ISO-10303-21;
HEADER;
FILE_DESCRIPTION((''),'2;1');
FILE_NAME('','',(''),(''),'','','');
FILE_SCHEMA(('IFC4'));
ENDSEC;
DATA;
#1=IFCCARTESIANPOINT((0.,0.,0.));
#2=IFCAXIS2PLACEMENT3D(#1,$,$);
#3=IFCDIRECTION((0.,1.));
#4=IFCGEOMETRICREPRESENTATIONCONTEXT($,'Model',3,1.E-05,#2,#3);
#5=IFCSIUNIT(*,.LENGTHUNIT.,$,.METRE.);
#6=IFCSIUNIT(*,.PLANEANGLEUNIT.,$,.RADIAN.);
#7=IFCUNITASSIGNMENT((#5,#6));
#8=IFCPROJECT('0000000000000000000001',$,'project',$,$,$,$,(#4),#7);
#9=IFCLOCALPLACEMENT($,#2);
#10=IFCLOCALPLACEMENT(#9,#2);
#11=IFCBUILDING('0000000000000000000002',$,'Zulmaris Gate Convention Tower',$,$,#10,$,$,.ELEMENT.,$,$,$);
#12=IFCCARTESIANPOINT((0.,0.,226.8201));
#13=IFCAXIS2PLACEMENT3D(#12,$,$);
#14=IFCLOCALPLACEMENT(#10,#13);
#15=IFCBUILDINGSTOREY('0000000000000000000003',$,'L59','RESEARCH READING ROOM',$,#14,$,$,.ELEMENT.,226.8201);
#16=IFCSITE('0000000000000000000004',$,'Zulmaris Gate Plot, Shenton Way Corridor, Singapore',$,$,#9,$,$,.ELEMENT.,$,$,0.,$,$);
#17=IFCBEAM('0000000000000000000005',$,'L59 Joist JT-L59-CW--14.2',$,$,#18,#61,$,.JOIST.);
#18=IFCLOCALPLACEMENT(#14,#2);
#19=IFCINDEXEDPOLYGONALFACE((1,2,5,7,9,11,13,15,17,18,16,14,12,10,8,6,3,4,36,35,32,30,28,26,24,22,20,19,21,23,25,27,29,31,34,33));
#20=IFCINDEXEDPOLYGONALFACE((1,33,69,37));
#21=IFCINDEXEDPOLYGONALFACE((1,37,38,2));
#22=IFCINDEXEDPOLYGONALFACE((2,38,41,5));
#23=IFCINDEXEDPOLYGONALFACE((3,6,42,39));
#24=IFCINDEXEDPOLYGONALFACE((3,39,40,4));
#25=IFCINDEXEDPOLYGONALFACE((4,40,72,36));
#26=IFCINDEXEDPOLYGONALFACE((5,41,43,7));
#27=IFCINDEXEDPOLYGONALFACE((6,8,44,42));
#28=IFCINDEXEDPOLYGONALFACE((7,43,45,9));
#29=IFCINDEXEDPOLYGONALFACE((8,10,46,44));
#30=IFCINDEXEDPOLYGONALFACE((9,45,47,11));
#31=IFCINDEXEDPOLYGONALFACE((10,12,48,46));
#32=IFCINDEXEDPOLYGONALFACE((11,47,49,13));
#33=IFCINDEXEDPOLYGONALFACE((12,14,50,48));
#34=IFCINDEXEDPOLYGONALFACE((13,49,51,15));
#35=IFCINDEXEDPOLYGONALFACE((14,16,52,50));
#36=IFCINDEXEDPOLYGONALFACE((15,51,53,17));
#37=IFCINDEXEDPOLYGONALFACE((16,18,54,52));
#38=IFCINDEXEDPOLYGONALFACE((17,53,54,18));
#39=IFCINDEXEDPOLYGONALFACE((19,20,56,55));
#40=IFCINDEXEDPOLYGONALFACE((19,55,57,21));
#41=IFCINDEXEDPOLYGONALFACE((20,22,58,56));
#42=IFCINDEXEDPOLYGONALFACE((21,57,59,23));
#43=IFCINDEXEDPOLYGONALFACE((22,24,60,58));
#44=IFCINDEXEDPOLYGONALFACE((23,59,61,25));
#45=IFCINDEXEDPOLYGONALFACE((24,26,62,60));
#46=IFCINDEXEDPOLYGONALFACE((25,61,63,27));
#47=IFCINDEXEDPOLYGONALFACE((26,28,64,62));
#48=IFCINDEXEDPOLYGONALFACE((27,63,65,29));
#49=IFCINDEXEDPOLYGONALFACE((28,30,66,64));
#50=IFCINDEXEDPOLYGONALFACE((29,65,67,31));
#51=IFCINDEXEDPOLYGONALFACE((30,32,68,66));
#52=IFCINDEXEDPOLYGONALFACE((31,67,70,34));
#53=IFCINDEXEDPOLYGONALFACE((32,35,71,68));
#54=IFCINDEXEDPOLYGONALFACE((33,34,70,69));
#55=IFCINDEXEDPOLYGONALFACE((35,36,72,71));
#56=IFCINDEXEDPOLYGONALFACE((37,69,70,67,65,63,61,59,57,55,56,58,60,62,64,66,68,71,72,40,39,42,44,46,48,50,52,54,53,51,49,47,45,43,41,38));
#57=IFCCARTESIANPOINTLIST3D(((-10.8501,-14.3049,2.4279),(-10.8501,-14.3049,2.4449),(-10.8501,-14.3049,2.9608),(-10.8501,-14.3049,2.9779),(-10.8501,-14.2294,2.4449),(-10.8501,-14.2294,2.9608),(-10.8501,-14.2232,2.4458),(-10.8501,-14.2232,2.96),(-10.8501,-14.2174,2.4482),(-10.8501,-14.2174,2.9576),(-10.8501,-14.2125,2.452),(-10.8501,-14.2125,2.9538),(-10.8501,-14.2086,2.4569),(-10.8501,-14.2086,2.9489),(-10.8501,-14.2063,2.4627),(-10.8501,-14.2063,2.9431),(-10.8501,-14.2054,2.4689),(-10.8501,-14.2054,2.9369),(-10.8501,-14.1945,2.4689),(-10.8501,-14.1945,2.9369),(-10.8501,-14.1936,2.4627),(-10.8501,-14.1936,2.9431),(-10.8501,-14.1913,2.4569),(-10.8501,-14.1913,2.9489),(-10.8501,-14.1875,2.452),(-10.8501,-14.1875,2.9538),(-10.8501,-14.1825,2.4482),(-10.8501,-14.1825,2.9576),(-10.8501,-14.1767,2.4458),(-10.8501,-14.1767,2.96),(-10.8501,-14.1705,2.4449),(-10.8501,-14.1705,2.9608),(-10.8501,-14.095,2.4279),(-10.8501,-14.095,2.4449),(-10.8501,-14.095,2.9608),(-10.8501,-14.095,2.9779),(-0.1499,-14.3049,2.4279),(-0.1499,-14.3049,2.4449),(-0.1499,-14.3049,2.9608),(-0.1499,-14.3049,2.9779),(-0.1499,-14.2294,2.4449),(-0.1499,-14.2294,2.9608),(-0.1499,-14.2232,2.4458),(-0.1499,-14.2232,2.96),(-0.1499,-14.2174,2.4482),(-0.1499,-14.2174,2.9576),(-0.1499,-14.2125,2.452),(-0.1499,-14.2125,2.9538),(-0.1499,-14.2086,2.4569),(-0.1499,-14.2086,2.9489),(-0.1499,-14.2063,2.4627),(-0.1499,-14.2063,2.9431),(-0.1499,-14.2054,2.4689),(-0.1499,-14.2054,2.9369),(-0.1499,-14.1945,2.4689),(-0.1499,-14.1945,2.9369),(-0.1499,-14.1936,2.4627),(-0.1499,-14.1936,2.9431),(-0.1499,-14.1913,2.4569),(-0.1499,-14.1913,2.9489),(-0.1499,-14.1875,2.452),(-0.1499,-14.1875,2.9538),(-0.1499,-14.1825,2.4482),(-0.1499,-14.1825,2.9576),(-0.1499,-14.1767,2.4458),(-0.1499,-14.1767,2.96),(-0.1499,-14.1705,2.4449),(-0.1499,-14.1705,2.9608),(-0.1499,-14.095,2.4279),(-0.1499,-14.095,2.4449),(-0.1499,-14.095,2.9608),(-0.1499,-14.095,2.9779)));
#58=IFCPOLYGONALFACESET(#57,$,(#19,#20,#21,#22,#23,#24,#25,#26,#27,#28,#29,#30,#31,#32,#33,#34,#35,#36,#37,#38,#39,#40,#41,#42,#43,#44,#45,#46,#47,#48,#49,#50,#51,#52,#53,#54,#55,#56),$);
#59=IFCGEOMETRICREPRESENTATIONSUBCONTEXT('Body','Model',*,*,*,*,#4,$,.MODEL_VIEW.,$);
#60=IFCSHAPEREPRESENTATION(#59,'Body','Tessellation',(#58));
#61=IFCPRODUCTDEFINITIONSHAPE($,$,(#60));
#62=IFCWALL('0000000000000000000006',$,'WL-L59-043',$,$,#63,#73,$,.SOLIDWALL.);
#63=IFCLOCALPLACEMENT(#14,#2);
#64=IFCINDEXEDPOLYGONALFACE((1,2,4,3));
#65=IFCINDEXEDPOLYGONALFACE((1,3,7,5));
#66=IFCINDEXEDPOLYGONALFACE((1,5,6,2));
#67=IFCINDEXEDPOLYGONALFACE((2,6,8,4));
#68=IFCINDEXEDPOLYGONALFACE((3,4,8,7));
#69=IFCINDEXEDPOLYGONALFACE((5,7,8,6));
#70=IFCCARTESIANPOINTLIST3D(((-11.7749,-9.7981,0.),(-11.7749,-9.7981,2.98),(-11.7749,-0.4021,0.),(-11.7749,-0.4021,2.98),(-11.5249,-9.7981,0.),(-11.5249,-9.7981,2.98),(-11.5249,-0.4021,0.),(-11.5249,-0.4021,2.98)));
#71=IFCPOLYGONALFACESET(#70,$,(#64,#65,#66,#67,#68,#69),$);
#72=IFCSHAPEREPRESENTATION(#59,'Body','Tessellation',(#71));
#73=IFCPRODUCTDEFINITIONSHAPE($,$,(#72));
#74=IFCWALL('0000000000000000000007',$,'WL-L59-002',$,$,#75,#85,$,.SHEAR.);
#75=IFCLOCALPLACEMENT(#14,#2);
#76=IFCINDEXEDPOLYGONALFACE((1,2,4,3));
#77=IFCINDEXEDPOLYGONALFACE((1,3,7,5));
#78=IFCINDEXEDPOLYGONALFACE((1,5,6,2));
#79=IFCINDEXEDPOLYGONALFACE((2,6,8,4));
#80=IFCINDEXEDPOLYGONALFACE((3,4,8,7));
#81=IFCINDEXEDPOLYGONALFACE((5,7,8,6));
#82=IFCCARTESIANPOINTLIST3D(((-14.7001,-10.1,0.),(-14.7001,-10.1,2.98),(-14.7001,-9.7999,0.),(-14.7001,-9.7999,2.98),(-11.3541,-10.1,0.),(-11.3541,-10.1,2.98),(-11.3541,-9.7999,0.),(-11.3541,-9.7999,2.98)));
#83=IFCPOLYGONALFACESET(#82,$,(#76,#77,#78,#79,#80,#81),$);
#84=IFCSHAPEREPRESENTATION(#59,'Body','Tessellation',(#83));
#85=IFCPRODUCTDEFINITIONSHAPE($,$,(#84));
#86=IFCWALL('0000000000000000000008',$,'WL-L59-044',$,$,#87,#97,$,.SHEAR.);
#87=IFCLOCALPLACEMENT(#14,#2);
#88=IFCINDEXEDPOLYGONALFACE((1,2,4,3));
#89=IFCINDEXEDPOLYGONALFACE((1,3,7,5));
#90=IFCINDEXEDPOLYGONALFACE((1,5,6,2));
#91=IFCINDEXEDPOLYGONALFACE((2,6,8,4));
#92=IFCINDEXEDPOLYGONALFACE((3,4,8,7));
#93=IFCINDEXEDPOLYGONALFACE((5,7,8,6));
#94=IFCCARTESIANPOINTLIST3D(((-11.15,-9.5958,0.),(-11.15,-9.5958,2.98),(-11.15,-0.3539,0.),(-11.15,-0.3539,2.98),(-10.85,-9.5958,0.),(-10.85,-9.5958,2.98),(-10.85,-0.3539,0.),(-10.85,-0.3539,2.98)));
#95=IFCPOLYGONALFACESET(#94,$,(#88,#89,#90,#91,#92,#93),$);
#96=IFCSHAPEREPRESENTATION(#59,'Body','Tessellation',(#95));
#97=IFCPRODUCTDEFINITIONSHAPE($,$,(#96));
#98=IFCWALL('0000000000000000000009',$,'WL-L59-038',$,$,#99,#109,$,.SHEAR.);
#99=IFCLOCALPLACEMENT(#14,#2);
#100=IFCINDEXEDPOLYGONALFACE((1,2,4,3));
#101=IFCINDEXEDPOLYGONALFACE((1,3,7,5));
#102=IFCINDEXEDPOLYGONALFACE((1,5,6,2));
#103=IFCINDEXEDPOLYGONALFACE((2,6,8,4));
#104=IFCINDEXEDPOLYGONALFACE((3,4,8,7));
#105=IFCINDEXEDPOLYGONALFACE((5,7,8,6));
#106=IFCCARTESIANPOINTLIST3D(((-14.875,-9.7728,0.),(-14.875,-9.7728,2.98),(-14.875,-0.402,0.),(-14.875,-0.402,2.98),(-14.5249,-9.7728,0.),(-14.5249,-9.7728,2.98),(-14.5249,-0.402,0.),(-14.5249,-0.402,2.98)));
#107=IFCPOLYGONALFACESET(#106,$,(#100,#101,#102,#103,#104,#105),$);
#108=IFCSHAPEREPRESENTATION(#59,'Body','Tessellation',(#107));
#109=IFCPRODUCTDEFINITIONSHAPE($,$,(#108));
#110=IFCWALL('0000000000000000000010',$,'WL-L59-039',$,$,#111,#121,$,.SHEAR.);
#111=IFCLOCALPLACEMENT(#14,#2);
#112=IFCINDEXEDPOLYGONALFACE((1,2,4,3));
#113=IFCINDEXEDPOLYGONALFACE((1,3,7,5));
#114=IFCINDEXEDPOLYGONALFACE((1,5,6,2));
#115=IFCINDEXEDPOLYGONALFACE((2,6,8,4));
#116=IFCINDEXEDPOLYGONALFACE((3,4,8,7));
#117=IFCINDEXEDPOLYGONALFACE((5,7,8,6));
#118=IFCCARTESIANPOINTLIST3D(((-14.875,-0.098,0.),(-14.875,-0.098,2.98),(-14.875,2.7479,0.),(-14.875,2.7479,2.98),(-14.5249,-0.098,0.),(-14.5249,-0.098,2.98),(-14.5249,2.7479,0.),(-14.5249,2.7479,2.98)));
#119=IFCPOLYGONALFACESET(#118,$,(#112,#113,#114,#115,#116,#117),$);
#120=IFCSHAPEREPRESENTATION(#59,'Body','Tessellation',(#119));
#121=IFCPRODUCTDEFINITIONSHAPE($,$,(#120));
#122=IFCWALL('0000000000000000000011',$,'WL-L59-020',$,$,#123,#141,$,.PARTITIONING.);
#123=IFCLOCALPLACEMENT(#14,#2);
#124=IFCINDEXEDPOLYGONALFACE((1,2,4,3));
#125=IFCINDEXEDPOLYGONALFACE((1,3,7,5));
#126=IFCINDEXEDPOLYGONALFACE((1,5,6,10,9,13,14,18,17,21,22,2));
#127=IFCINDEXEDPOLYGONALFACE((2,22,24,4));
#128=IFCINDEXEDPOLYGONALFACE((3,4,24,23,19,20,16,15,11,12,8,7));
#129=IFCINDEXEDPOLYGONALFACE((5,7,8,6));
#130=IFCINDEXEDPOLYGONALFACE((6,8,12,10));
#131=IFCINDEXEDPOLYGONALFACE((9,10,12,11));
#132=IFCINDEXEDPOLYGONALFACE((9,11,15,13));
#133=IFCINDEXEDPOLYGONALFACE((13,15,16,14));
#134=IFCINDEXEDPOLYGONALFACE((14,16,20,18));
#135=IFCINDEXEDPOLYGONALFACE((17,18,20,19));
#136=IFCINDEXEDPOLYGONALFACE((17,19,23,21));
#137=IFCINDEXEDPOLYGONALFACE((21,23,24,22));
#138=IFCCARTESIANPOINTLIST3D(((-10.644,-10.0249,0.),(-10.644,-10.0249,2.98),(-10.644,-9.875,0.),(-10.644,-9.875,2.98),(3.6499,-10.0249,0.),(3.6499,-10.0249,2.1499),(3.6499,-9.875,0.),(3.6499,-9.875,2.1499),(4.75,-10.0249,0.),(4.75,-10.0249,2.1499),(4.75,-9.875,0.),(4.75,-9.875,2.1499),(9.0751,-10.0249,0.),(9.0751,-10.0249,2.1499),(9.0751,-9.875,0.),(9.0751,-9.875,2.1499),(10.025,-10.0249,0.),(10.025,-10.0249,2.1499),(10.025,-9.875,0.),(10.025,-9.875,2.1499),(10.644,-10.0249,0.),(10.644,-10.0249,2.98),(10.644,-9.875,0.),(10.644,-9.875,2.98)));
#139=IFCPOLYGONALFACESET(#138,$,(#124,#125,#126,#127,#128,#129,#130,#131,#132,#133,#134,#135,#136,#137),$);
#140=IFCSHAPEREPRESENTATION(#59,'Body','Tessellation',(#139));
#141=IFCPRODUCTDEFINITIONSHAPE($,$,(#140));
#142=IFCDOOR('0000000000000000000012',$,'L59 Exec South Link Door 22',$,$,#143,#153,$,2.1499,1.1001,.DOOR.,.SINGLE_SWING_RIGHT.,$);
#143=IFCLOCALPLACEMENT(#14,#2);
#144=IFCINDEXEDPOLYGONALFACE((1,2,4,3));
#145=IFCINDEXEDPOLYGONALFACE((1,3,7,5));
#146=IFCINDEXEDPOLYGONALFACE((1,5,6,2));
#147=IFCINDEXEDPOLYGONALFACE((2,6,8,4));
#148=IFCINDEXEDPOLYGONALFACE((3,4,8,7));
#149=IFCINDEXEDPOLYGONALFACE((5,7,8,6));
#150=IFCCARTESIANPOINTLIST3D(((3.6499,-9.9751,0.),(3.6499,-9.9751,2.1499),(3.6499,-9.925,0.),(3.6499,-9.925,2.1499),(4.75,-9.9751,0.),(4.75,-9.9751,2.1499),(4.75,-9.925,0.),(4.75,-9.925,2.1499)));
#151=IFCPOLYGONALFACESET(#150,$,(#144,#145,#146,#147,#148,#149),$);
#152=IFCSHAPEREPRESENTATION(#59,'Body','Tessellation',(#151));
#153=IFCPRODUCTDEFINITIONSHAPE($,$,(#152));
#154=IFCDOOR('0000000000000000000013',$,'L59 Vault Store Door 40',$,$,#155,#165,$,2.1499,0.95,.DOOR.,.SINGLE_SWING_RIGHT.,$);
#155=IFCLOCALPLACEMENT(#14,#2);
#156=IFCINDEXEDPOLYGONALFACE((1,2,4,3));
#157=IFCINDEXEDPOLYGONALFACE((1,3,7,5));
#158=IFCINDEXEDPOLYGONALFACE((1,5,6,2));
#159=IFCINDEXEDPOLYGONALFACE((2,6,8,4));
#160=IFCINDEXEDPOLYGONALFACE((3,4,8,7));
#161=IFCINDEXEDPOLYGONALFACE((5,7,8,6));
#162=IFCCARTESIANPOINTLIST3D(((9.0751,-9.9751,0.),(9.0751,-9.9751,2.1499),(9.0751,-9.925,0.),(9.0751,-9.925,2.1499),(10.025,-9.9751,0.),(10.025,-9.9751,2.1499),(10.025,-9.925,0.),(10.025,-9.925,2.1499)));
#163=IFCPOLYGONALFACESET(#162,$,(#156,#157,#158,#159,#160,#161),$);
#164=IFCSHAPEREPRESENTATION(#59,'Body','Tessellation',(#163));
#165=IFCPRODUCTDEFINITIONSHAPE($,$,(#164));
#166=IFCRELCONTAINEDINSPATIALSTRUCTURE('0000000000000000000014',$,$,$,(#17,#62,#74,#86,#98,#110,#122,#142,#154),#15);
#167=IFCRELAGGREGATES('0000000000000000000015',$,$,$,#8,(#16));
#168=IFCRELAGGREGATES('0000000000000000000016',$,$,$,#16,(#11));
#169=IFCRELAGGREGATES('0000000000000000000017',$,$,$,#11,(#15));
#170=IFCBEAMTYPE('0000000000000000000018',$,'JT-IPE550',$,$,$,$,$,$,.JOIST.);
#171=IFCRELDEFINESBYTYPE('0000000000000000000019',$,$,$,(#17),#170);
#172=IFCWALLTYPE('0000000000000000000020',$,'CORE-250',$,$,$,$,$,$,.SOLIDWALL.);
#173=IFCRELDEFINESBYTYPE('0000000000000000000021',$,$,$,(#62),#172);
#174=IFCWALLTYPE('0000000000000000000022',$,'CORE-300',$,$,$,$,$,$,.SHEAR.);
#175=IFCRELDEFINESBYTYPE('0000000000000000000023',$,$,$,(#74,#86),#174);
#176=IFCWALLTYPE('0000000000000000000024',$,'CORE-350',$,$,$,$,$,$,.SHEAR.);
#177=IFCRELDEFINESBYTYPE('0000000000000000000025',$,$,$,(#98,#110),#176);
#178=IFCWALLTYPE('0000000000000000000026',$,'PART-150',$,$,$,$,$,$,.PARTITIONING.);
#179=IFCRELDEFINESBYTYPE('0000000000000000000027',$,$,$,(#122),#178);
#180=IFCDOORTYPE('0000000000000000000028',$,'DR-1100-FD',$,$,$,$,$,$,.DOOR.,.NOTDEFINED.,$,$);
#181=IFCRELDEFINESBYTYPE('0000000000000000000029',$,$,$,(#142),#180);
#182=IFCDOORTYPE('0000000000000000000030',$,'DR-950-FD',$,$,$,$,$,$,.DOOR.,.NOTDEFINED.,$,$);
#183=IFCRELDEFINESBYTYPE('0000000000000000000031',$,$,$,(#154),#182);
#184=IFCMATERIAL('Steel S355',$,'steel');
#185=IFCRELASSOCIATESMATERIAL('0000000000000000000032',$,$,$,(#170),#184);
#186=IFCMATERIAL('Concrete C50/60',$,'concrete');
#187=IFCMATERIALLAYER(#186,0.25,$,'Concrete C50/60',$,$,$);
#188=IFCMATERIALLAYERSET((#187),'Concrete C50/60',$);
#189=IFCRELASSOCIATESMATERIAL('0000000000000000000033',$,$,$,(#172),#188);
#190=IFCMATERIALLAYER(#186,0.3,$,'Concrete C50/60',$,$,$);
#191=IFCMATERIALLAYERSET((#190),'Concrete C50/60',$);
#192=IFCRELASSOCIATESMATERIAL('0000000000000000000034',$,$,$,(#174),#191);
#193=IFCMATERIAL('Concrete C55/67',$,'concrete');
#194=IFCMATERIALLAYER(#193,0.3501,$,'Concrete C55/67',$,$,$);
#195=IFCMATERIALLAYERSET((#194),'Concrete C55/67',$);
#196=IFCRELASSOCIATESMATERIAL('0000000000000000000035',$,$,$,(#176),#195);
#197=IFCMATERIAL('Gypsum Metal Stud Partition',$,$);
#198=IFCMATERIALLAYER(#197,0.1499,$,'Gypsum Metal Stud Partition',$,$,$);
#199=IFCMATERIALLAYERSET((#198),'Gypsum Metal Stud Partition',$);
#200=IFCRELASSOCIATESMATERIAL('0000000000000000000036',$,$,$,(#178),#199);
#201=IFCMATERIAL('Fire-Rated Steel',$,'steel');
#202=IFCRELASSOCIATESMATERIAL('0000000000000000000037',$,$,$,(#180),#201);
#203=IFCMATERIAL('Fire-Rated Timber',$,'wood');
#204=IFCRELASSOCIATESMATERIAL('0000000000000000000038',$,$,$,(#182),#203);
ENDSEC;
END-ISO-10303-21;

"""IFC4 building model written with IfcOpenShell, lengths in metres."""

from ifc_helpers import new_model, si_unit, direction, frame, frame_2d, origin, origin_2d, place, context, subcontext, project, spatial, rectangle, i_section, extrude, material, layer, layer_set, material_profile, profile_set, type_object, element, fill, save


model = new_model("IFC4")

# Units and contexts
model_context = context("Model", 3, precision=1e-05, world=origin(), true_north=direction((0.0, 1.0)))
body_context = subcontext(model_context, "Body", "Model", "MODEL_VIEW")
ifc_project = project(units=[si_unit("LENGTHUNIT", "METRE"), si_unit("PLANEANGLEUNIT", "RADIAN")], contexts=[model_context])

# Site, building, storey
site_placement = place(None, origin())
site = spatial("IfcSite", under=ifc_project, at=site_placement, Name="Zulmaris Gate Plot, Shenton Way Corridor, Singapore", CompositionType="ELEMENT", RefElevation=0.0)
building_placement = place(site_placement, origin())
building = spatial("IfcBuilding", under=site, at=building_placement, Name="Zulmaris Gate Convention Tower", CompositionType="ELEMENT")
storey_placement = place(building_placement, frame((0.0, 0.0, 226.8201)))
storey = spatial("IfcBuildingStorey", under=building, at=storey_placement, Name="L59", Description="RESEARCH READING ROOM", CompositionType="ELEMENT", Elevation=226.8201)

# Shared definitions
ifc_material_1 = material(Name="Concrete C50/60", Category="concrete")

# Beam
ifc_material_2 = material(Name="Steel S355", Category="steel")
ifc_material_profile_1 = material_profile(ifc_material_2, i_section(OverallWidth=0.21, OverallDepth=0.55, WebThickness=0.011, FlangeThickness=0.0171, FilletRadius=0.0239, at=origin_2d()), Name="IPE 550")
ifc_profile_set_1 = profile_set([ifc_material_profile_1], Name="Steel S355")
beam_type_1 = type_object("IfcBeamType", Name="JT-IPE550", PredefinedType="JOIST", material=ifc_profile_set_1)
for number, where, z_axis, x_axis, name in (
    (1, (-10.8501, -14.2, 2.7029), (1.0, 0.0, 0.0), (0.0, 1.0, 0.0), "L59 Joist JT-L59-CW--14.2"),
):
    element("IfcBeam", number, at=place(storey_placement, frame(where, z_axis=z_axis, x_axis=x_axis)), inside=storey, type_object=beam_type_1, Name=name, PredefinedType="JOIST", context=body_context, shape_type="SweptSolid", body=[
        extrude(i_section(OverallWidth=0.21, OverallDepth=0.55, WebThickness=0.011, FlangeThickness=0.0171, FilletRadius=0.0239, at=origin_2d()), origin(), (0.0, 0.0, 1.0), 10.7002),
    ])

# Walls
ifc_layer_1 = layer(ifc_material_1, 0.25, Name="Concrete C50/60")
ifc_layer_set_1 = layer_set([ifc_layer_1], Name="Concrete C50/60")
wall_type_1 = type_object("IfcWallType", Name="CORE-250", PredefinedType="SOLIDWALL", material=ifc_layer_set_1)
wall_1_placement = place(storey_placement, frame((-11.6499, -9.7981, 0.0), z_axis=(0.0, 0.0, 1.0), x_axis=(0.0, 1.0, 0.0)))
element("IfcWall", 2, at=wall_1_placement, inside=storey, type_object=wall_type_1, Name="WL-L59-043", PredefinedType="SOLIDWALL", context=body_context, shape_type="SweptSolid", body=[
    extrude(rectangle(XDim=9.396, YDim=0.25, at=frame_2d((4.698, 0.0))), origin(), (0.0, 0.0, 1.0), 2.98),
])
ifc_layer_2 = layer(ifc_material_1, 0.3, Name="Concrete C50/60")
ifc_layer_set_2 = layer_set([ifc_layer_2], Name="Concrete C50/60")
wall_type_2 = type_object("IfcWallType", Name="CORE-300", PredefinedType="SHEAR", material=ifc_layer_set_2)
wall_2_placement = place(storey_placement, frame((-14.7, -9.95, 0.0), z_axis=(0.0, 0.0, 1.0), x_axis=(1.0, 0.0, 0.0)))
element("IfcWall", 3, at=wall_2_placement, inside=storey, type_object=wall_type_2, Name="WL-L59-002", PredefinedType="SHEAR", context=body_context, shape_type="SweptSolid", body=[
    extrude(rectangle(XDim=3.3459, YDim=0.3, at=frame_2d((1.6729, 0.0))), origin(), (0.0, 0.0, 1.0), 2.98),
])
wall_3_placement = place(storey_placement, frame((-11.0, -9.5959, 0.0), z_axis=(0.0, 0.0, 1.0), x_axis=(0.0, 1.0, 0.0)))
element("IfcWall", 4, at=wall_3_placement, inside=storey, type_object=wall_type_2, Name="WL-L59-044", PredefinedType="SHEAR", context=body_context, shape_type="SweptSolid", body=[
    extrude(rectangle(XDim=9.2419, YDim=0.3, at=frame_2d((4.6211, 0.0))), origin(), (0.0, 0.0, 1.0), 2.98),
])
ifc_material_3 = material(Name="Concrete C55/67", Category="concrete")
ifc_layer_3 = layer(ifc_material_3, 0.3501, Name="Concrete C55/67")
ifc_layer_set_3 = layer_set([ifc_layer_3], Name="Concrete C55/67")
wall_type_3 = type_object("IfcWallType", Name="CORE-350", PredefinedType="SHEAR", material=ifc_layer_set_3)
wall_4_placement = place(storey_placement, frame((-14.7, -9.7729, 0.0), z_axis=(0.0, 0.0, 1.0), x_axis=(0.0, 1.0, 0.0)))
element("IfcWall", 5, at=wall_4_placement, inside=storey, type_object=wall_type_3, Name="WL-L59-038", PredefinedType="SHEAR", context=body_context, shape_type="SweptSolid", body=[
    extrude(rectangle(XDim=9.3708, YDim=0.3501, at=frame_2d((4.6855, 0.0))), origin(), (0.0, 0.0, 1.0), 2.98),
])
wall_5_placement = place(storey_placement, frame((-14.7, -0.0979, 0.0), z_axis=(0.0, 0.0, 1.0), x_axis=(0.0, 1.0, 0.0)))
element("IfcWall", 6, at=wall_5_placement, inside=storey, type_object=wall_type_3, Name="WL-L59-039", PredefinedType="SHEAR", context=body_context, shape_type="SweptSolid", body=[
    extrude(rectangle(XDim=2.8459, YDim=0.3501, at=frame_2d((1.4229, 0.0))), origin(), (0.0, 0.0, 1.0), 2.98),
])

# Wall, openings, doors
ifc_material_4 = material(Name="Gypsum Metal Stud Partition")
ifc_layer_4 = layer(ifc_material_4, 0.1499, Name="Gypsum Metal Stud Partition")
ifc_layer_set_4 = layer_set([ifc_layer_4], Name="Gypsum Metal Stud Partition")
wall_type_4 = type_object("IfcWallType", Name="PART-150", PredefinedType="PARTITIONING", material=ifc_layer_set_4)
wall_6_placement = place(storey_placement, frame((-10.644, -9.95, 0.0), z_axis=(0.0, 0.0, 1.0), x_axis=(1.0, 0.0, 0.0)))
wall_6 = element("IfcWall", 7, at=wall_6_placement, inside=storey, type_object=wall_type_4, Name="WL-L59-020", PredefinedType="PARTITIONING", context=body_context, shape_type="SweptSolid", body=[
    extrude(rectangle(XDim=21.2881, YDim=0.1499, at=frame_2d((10.644, 0.0))), origin(), (0.0, 0.0, 1.0), 2.98),
])
opening_1_placement = place(wall_6_placement, frame((14.2939, 0.0, 0.0)))
opening_1 = element("IfcOpeningElement", 8, at=opening_1_placement, cuts=wall_6, PredefinedType="OPENING", context=body_context, shape_type="SweptSolid", body=[
    extrude(rectangle(XDim=1.1001, YDim=2.1499, at=frame_2d((0.55, 1.075))), frame((0.0, 0.085, 0.0), z_axis=(0.0, -1.0, 0.0), x_axis=(1.0, 0.0, 0.0)), (0.0, 0.0, 1.0), 0.1699),
])
opening_2_placement = place(wall_6_placement, frame((19.719, 0.0, 0.0)))
opening_2 = element("IfcOpeningElement", 9, at=opening_2_placement, cuts=wall_6, PredefinedType="OPENING", context=body_context, shape_type="SweptSolid", body=[
    extrude(rectangle(XDim=0.95, YDim=2.1499, at=frame_2d((0.4751, 1.075))), frame((0.0, 0.085, 0.0), z_axis=(0.0, -1.0, 0.0), x_axis=(1.0, 0.0, 0.0)), (0.0, 0.0, 1.0), 0.1699),
])
ifc_material_5 = material(Name="Fire-Rated Steel", Category="steel")
door_type_1 = type_object("IfcDoorType", Name="DR-1100-FD", OperationType="NOTDEFINED", PredefinedType="DOOR", material=ifc_material_5)
door_1_placement = place(opening_1_placement, origin())
door_1 = element("IfcDoor", 10, at=door_1_placement, inside=storey, type_object=door_type_1, Name="L59 Exec South Link Door 22", OperationType="SINGLE_SWING_RIGHT", OverallHeight=2.1499, OverallWidth=1.1001, PredefinedType="DOOR", context=body_context, shape_type="SweptSolid", body=[
    extrude(rectangle(XDim=1.1001, YDim=2.1499, at=frame_2d((0.55, 1.075))), frame((0.0, 0.0249, 0.0), z_axis=(0.0, -1.0, 0.0), x_axis=(1.0, 0.0, 0.0)), (0.0, 0.0, 1.0), 0.05),
])
fill(opening_1, door_1)
ifc_material_6 = material(Name="Fire-Rated Timber", Category="wood")
door_type_2 = type_object("IfcDoorType", Name="DR-950-FD", OperationType="NOTDEFINED", PredefinedType="DOOR", material=ifc_material_6)
door_2_placement = place(opening_2_placement, origin())
door_2 = element("IfcDoor", 11, at=door_2_placement, inside=storey, type_object=door_type_2, Name="L59 Vault Store Door 40", OperationType="SINGLE_SWING_RIGHT", OverallHeight=2.1499, OverallWidth=0.95, PredefinedType="DOOR", context=body_context, shape_type="SweptSolid", body=[
    extrude(rectangle(XDim=0.95, YDim=2.1499, at=frame_2d((0.4751, 1.075))), frame((0.0, 0.0249, 0.0), z_axis=(0.0, -1.0, 0.0), x_axis=(1.0, 0.0, 0.0)), (0.0, 0.0, 1.0), 0.05),
])
fill(opening_2, door_2)

save(model, "model.ifc")
